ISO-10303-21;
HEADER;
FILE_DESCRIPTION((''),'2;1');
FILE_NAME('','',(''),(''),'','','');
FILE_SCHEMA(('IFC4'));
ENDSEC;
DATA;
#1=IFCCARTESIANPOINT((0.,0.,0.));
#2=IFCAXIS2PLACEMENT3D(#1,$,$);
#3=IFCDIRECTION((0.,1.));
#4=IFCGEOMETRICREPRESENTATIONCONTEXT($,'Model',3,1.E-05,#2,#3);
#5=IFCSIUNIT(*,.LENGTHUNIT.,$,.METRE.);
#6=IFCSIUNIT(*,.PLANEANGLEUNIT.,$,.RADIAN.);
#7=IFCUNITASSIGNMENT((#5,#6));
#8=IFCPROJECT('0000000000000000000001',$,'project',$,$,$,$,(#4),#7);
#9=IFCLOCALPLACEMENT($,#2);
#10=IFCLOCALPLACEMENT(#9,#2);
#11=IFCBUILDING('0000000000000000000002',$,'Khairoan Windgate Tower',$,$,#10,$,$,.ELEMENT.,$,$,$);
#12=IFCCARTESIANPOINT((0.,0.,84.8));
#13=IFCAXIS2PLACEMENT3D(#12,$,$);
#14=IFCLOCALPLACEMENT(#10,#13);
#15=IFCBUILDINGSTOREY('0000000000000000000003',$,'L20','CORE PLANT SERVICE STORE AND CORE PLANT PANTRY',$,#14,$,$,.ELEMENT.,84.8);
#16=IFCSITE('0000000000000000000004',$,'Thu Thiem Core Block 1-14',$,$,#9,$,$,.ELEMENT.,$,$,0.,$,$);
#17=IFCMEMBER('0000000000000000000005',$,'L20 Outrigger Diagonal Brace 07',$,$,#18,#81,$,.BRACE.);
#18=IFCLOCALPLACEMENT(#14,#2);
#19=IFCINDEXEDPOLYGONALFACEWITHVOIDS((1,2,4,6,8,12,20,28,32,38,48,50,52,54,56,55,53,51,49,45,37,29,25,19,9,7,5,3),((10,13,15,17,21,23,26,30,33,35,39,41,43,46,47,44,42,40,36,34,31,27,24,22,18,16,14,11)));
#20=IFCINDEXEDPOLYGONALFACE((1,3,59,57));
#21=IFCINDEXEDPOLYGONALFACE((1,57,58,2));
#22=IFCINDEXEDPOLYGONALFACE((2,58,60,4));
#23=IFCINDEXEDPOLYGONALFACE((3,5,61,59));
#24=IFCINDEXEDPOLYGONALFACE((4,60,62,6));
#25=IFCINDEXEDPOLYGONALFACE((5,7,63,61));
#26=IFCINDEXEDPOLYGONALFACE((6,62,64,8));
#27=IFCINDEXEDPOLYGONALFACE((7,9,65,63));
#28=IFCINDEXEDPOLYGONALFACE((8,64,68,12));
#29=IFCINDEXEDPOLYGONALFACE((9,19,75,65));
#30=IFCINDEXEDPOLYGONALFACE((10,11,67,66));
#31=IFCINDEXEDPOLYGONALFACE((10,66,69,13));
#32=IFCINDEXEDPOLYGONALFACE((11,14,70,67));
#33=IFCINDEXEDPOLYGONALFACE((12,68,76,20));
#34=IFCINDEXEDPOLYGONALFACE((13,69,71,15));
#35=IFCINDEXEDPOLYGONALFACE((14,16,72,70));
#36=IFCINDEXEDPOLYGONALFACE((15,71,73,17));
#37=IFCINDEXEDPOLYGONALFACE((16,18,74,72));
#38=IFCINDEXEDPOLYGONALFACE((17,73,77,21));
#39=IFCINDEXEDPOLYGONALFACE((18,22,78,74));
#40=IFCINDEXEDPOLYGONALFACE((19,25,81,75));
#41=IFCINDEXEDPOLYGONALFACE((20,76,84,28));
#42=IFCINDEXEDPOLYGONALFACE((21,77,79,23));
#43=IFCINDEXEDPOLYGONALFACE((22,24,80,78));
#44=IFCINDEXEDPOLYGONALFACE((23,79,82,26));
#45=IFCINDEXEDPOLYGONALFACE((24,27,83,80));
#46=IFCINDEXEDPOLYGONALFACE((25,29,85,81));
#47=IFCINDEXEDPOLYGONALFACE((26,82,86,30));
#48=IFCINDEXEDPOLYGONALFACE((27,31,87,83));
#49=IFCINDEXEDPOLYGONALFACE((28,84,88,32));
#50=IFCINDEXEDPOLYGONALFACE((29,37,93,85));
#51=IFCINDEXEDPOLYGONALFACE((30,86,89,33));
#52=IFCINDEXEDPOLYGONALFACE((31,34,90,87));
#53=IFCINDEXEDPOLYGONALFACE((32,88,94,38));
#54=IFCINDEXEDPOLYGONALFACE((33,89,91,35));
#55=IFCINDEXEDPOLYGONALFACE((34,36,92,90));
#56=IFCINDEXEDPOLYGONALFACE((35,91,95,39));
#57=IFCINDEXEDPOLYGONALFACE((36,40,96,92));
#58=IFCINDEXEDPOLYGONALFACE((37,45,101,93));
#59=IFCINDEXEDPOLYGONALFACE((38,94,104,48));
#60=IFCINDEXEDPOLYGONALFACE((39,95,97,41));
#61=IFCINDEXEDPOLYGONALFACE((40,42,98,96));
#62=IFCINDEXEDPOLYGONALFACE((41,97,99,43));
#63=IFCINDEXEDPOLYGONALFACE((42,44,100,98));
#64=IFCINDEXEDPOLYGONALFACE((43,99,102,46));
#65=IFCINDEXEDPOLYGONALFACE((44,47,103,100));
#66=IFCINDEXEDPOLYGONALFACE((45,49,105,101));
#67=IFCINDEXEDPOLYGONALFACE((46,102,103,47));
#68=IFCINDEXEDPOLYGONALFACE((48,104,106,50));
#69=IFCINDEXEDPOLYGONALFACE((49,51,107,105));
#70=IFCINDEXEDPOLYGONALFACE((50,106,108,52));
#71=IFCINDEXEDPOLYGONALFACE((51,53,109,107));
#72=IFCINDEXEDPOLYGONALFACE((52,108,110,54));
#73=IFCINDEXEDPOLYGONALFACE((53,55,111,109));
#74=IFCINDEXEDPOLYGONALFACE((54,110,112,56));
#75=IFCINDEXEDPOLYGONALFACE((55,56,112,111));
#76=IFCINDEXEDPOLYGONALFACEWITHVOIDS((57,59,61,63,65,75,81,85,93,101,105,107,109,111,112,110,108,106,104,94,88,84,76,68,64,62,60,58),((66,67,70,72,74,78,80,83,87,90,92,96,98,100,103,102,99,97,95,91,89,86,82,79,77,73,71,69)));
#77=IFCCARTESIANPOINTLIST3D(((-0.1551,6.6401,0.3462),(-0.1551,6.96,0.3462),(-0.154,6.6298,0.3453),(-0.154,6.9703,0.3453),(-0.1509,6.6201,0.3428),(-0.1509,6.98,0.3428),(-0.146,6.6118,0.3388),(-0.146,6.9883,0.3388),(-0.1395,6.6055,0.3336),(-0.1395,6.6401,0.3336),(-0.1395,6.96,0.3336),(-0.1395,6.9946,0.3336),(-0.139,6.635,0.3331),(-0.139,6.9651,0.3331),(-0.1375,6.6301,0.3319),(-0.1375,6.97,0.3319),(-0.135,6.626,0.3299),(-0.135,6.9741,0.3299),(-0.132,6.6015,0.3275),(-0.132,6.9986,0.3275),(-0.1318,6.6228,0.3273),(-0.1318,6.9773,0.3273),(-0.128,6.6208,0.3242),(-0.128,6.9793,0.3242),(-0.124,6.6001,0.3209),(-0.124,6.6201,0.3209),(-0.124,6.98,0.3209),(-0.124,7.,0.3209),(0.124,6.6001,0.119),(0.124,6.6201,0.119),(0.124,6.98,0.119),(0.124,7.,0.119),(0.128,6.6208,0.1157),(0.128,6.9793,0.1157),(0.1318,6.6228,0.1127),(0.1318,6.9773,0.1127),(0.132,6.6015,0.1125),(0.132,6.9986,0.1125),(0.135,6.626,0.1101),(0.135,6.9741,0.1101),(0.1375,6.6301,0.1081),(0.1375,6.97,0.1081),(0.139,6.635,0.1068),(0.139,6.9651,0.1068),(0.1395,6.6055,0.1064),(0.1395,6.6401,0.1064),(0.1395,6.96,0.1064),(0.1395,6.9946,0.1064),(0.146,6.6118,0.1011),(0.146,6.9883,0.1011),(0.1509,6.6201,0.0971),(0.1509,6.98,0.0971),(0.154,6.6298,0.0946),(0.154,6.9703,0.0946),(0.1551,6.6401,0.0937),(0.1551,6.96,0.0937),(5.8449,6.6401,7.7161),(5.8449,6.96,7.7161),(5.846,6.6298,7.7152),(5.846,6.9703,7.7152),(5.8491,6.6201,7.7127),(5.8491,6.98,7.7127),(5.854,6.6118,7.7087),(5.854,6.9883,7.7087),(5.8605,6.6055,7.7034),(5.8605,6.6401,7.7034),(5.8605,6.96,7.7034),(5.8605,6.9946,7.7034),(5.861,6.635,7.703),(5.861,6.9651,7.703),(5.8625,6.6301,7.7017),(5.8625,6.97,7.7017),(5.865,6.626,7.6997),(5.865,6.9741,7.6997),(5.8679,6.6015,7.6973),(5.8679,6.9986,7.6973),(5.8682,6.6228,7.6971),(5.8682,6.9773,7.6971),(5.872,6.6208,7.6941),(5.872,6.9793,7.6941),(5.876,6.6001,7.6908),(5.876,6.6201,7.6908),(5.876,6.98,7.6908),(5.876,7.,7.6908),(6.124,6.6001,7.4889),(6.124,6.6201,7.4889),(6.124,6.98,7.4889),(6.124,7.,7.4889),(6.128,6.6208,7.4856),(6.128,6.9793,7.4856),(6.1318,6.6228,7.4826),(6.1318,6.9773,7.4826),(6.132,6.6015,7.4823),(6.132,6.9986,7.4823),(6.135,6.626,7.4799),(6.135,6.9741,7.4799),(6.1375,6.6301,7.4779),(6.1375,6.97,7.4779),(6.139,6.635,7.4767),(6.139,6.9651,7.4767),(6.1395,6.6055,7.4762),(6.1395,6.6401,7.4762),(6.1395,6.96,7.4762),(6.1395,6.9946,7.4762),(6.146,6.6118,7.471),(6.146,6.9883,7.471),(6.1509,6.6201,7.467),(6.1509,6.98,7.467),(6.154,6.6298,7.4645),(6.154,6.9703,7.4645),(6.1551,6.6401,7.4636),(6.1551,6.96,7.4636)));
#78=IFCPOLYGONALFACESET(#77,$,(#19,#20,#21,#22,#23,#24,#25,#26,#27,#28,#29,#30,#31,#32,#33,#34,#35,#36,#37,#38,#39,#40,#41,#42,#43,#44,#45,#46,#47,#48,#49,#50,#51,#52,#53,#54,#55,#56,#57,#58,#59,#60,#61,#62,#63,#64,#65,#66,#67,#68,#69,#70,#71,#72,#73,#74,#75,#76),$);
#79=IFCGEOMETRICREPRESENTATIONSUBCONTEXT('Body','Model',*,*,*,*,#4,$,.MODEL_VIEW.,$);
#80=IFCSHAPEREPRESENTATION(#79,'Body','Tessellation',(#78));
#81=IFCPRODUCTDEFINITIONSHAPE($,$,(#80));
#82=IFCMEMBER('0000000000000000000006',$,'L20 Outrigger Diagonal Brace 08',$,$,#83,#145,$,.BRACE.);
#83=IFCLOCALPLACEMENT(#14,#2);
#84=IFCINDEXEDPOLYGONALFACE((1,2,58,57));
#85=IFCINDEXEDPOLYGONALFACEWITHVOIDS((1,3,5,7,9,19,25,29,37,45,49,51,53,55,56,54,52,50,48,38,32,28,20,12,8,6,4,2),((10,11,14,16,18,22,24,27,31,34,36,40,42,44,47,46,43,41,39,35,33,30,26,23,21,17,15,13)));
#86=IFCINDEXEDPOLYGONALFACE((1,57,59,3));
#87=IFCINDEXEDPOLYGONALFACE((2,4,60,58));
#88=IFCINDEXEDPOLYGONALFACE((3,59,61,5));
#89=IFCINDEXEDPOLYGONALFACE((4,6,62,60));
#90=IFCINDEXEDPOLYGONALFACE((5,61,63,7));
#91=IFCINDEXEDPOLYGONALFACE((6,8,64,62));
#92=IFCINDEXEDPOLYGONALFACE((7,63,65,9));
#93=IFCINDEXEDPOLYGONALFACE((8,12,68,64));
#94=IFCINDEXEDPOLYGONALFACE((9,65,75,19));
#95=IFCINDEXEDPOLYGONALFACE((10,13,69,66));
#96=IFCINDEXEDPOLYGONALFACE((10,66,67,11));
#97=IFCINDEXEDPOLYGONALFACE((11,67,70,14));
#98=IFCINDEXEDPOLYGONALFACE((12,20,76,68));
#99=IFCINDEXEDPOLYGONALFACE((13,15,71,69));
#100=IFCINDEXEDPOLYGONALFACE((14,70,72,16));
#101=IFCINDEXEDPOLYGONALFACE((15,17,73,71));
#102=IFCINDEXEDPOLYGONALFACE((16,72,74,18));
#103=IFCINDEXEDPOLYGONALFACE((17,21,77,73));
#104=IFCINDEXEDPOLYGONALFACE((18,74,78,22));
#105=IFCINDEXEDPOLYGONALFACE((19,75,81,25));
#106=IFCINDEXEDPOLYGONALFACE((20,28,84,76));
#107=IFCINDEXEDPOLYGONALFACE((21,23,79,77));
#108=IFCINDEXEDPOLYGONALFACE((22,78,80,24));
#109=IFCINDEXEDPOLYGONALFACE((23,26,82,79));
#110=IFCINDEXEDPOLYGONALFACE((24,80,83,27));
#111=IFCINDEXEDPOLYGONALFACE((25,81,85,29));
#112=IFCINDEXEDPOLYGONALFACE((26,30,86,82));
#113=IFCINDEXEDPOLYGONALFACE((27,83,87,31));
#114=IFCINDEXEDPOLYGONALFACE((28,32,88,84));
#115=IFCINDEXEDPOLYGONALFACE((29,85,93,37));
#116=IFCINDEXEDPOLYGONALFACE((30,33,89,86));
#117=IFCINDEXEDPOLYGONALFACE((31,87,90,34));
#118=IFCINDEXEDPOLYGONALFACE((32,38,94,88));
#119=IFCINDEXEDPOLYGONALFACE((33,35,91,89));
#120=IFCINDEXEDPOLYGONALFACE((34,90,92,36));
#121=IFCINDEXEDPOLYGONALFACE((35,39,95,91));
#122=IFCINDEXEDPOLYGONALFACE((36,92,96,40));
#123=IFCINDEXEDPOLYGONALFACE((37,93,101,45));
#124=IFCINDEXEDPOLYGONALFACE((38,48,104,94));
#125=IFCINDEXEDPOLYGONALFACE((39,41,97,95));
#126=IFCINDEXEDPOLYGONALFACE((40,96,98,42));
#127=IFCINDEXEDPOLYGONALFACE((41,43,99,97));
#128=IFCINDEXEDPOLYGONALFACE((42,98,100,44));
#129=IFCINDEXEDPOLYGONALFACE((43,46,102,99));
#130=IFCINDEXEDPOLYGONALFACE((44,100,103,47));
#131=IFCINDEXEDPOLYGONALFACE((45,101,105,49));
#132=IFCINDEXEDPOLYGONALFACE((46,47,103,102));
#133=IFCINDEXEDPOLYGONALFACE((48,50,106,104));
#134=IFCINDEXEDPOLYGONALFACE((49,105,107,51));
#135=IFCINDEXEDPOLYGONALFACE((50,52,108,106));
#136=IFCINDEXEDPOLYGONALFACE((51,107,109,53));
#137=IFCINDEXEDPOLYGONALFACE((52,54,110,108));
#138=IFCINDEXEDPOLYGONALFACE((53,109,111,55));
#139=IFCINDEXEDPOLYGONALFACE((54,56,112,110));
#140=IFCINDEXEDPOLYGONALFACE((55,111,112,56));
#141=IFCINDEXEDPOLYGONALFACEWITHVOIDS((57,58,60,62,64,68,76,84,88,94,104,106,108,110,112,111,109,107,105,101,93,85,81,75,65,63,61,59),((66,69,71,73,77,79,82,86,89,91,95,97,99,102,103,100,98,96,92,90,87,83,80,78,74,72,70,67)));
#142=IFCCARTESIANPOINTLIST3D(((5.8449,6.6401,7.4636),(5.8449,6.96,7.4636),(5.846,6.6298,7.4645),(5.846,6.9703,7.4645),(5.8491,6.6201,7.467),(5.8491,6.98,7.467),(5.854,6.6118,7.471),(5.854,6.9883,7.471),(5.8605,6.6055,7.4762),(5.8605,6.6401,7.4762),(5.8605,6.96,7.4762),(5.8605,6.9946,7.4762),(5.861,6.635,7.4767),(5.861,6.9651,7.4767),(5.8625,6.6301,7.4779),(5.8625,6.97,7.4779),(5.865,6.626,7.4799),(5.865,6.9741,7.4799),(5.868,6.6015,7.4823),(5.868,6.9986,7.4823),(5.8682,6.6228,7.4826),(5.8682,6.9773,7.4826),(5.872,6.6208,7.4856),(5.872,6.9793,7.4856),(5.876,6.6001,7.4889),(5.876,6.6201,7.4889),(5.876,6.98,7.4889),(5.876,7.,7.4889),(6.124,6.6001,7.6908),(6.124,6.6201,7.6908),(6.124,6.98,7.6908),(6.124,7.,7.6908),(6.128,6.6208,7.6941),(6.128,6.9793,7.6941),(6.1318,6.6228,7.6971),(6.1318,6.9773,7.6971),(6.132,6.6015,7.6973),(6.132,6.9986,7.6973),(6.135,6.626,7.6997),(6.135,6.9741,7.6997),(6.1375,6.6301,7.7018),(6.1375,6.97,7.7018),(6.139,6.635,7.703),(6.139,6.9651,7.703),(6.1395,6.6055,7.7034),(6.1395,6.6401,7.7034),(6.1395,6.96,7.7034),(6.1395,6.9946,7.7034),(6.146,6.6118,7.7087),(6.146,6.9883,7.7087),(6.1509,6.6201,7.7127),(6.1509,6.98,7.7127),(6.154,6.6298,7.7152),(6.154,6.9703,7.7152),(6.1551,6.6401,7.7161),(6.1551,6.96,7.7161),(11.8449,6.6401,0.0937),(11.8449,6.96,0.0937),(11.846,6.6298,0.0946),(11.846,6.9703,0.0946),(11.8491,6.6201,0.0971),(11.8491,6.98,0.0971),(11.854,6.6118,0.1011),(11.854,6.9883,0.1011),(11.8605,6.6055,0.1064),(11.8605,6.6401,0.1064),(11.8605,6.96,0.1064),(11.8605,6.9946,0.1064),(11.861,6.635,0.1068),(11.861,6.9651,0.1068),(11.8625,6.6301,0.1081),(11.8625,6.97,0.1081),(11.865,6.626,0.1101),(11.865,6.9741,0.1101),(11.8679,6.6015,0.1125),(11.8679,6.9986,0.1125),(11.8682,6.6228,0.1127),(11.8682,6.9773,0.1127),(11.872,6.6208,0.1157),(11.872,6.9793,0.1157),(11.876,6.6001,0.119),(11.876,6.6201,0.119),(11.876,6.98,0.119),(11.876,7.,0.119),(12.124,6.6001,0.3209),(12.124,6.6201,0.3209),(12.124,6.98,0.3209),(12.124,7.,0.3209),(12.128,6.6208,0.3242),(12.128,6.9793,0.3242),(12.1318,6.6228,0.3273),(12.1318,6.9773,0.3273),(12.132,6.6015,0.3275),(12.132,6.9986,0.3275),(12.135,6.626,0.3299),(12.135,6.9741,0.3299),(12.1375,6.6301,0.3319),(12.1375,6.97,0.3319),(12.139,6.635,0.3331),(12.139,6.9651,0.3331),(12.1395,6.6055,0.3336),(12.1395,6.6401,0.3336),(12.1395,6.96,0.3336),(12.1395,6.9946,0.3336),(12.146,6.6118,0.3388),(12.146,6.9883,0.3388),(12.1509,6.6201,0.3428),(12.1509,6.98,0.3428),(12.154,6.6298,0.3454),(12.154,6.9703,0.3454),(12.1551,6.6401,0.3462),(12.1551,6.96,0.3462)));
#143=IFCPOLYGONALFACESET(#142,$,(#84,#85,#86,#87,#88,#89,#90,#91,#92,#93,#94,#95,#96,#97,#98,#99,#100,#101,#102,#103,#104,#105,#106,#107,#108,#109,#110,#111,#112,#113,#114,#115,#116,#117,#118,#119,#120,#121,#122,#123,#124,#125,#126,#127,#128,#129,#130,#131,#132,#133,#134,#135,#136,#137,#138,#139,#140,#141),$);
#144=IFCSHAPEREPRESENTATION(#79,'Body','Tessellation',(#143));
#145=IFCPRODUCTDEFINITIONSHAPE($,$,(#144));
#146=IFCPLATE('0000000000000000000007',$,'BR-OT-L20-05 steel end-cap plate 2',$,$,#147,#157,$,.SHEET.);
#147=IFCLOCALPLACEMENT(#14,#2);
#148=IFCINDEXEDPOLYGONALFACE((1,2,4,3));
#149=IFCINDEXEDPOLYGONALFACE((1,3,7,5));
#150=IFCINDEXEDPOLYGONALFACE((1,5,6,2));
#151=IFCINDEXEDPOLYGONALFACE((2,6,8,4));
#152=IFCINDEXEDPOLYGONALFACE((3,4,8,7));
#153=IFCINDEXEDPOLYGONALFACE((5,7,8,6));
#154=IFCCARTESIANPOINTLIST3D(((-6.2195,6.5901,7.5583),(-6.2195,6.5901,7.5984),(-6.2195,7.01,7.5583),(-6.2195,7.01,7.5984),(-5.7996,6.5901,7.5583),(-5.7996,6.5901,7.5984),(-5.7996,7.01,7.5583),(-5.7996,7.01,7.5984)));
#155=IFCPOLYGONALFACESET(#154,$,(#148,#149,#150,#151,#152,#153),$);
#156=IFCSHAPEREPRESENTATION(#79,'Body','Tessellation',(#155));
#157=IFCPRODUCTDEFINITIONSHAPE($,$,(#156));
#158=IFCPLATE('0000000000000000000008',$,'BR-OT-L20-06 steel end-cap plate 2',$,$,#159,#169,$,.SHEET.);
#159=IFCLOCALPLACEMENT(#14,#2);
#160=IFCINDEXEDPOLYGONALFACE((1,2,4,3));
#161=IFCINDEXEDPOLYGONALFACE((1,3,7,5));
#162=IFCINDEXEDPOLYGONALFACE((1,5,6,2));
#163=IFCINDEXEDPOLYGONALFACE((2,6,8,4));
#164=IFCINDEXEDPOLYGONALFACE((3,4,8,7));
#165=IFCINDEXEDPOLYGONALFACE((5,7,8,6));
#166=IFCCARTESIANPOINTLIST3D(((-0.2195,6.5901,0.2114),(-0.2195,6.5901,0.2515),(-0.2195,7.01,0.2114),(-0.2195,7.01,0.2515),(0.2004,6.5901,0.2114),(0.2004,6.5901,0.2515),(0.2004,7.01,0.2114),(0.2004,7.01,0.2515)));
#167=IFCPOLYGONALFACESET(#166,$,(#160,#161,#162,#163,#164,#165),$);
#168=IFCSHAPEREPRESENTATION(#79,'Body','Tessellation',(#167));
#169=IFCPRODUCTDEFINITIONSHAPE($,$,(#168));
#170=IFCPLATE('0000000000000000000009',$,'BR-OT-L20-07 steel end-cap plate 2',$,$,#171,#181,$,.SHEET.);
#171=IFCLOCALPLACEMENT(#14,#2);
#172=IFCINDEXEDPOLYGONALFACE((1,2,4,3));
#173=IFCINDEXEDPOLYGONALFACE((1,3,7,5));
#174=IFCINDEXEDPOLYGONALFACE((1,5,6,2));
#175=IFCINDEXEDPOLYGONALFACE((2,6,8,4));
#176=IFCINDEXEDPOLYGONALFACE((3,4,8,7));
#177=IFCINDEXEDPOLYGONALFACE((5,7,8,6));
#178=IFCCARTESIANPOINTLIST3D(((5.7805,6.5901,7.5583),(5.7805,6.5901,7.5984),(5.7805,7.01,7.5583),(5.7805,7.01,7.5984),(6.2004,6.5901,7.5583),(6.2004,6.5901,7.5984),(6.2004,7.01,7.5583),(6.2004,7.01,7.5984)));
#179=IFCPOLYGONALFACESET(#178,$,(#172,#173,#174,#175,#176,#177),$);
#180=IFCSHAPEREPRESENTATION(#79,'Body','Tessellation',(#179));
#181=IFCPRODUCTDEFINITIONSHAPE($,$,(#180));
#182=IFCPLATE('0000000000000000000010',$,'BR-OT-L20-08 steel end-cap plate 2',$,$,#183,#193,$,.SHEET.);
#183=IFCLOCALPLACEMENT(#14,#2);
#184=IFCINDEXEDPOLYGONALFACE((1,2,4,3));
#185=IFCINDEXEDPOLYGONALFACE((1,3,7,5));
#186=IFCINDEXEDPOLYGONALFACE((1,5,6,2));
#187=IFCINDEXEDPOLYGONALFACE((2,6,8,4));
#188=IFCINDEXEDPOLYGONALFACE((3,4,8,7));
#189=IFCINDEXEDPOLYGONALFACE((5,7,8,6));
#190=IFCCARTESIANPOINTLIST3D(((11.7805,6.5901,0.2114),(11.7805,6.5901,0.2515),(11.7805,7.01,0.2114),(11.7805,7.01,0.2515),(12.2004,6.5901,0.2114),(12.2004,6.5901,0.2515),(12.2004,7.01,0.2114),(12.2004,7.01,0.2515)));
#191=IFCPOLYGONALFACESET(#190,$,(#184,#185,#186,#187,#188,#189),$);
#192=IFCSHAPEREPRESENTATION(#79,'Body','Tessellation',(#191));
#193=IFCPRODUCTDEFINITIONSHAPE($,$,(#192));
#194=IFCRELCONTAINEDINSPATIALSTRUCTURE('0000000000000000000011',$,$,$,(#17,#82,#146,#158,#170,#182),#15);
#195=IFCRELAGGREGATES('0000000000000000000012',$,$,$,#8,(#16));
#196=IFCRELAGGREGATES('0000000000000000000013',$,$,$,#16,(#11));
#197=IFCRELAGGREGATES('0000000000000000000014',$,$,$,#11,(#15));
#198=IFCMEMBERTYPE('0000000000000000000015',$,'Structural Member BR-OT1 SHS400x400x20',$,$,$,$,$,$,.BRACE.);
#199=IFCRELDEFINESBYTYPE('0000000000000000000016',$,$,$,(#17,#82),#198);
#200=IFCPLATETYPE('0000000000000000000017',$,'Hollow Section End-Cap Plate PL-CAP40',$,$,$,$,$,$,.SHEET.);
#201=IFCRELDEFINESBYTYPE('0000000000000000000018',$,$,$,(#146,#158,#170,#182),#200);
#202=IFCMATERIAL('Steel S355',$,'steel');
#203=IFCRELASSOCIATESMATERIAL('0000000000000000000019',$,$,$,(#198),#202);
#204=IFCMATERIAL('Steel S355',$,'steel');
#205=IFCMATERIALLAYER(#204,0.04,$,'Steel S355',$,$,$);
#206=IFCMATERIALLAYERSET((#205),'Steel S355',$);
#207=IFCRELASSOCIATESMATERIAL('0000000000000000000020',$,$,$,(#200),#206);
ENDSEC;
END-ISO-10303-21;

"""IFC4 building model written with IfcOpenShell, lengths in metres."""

from ifc_helpers import new_model, si_unit, direction, frame, origin, origin_2d, place, context, subcontext, project, spatial, rectangle, hollow_rectangle, extrude, material, layer, layer_set, material_profile, profile_set, type_object, element, save


model = new_model("IFC4")

# Units and contexts
model_context = context("Model", 3, precision=1e-05, world=origin(), true_north=direction((0.0, 1.0)))
body_context = subcontext(model_context, "Body", "Model", "MODEL_VIEW")
ifc_project = project(units=[si_unit("LENGTHUNIT", "METRE"), si_unit("PLANEANGLEUNIT", "RADIAN")], contexts=[model_context])

# Site, building, storey
site_placement = place(None, origin())
site = spatial("IfcSite", under=ifc_project, at=site_placement, Name="Thu Thiem Core Block 1-14", CompositionType="ELEMENT", RefElevation=0.0)
building_placement = place(site_placement, origin())
building = spatial("IfcBuilding", under=site, at=building_placement, Name="Khairoan Windgate Tower", CompositionType="ELEMENT")
storey_placement = place(building_placement, frame((0.0, 0.0, 84.8)))
storey = spatial("IfcBuildingStorey", under=building, at=storey_placement, Name="L20", Description="CORE PLANT SERVICE STORE AND CORE PLANT PANTRY", CompositionType="ELEMENT", Elevation=84.8)

# Members
ifc_material_1 = material(Name="Steel S355", Category="steel")
ifc_material_profile_1 = material_profile(ifc_material_1, hollow_rectangle(XDim=0.3999, YDim=0.3999, WallThickness=0.02, InnerFilletRadius=0.02, OuterFilletRadius=0.04, at=origin_2d()))
ifc_profile_set_1 = profile_set([ifc_material_profile_1], Name="Steel S355")
member_type_1 = type_object("IfcMemberType", Name="Structural Member BR-OT1 SHS400x400x20", PredefinedType="BRACE", material=ifc_profile_set_1)
for number, where, z_axis, x_axis, name in (
    (1, (0.0, 6.8, 0.22), (0.631352, 0.0, 0.775497), (0.0, 1.0, 0.0), "L20 Outrigger Diagonal Brace 07"),
    (2, (6.0, 6.8, 7.5898), (0.631352, 0.0, -0.775497), (0.0, 1.0, 0.0), "L20 Outrigger Diagonal Brace 08"),
):
    element("IfcMember", number, at=place(storey_placement, frame(where, z_axis=z_axis, x_axis=x_axis)), inside=storey, type_object=member_type_1, Name=name, PredefinedType="BRACE", context=body_context, shape_type="SweptSolid", body=[
        extrude(hollow_rectangle(XDim=0.3999, YDim=0.3999, WallThickness=0.02, InnerFilletRadius=0.02, OuterFilletRadius=0.04, at=origin_2d()), origin(), (0.0, 0.0, 1.0), 9.5034),
    ])

# Plates
ifc_material_2 = material(Name="Steel S355", Category="steel")
ifc_layer_1 = layer(ifc_material_2, 0.04, Name="Steel S355")
ifc_layer_set_1 = layer_set([ifc_layer_1], Name="Steel S355")
plate_type_1 = type_object("IfcPlateType", Name="Hollow Section End-Cap Plate PL-CAP40", PredefinedType="SHEET", material=ifc_layer_set_1)
for number, where, z_axis, x_axis, name in (
    (3, (-6.0095, 6.8, 7.5583), (0.0, 0.0, 1.0), (1.0, 0.0, 0.0), "BR-OT-L20-05 steel end-cap plate 2"),
    (4, (-0.0095, 6.8, 0.2114), (0.0, 0.0, 1.0), (1.0, 0.0, 0.0), "BR-OT-L20-06 steel end-cap plate 2"),
    (5, (5.9905, 6.8, 7.5583), (0.0, 0.0, 1.0), (1.0, 0.0, 0.0), "BR-OT-L20-07 steel end-cap plate 2"),
    (6, (11.9905, 6.8, 0.2114), (0.0, 0.0, 1.0), (1.0, 0.0, 0.0), "BR-OT-L20-08 steel end-cap plate 2"),
):
    element("IfcPlate", number, at=place(storey_placement, frame(where, z_axis=z_axis, x_axis=x_axis)), inside=storey, type_object=plate_type_1, Name=name, PredefinedType="SHEET", context=body_context, shape_type="SweptSolid", body=[
        extrude(rectangle(XDim=0.4199, YDim=0.4199, at=origin_2d()), origin(), (0.0, 0.0, 1.0), 0.04),
    ])

save(model, "model.ifc")
